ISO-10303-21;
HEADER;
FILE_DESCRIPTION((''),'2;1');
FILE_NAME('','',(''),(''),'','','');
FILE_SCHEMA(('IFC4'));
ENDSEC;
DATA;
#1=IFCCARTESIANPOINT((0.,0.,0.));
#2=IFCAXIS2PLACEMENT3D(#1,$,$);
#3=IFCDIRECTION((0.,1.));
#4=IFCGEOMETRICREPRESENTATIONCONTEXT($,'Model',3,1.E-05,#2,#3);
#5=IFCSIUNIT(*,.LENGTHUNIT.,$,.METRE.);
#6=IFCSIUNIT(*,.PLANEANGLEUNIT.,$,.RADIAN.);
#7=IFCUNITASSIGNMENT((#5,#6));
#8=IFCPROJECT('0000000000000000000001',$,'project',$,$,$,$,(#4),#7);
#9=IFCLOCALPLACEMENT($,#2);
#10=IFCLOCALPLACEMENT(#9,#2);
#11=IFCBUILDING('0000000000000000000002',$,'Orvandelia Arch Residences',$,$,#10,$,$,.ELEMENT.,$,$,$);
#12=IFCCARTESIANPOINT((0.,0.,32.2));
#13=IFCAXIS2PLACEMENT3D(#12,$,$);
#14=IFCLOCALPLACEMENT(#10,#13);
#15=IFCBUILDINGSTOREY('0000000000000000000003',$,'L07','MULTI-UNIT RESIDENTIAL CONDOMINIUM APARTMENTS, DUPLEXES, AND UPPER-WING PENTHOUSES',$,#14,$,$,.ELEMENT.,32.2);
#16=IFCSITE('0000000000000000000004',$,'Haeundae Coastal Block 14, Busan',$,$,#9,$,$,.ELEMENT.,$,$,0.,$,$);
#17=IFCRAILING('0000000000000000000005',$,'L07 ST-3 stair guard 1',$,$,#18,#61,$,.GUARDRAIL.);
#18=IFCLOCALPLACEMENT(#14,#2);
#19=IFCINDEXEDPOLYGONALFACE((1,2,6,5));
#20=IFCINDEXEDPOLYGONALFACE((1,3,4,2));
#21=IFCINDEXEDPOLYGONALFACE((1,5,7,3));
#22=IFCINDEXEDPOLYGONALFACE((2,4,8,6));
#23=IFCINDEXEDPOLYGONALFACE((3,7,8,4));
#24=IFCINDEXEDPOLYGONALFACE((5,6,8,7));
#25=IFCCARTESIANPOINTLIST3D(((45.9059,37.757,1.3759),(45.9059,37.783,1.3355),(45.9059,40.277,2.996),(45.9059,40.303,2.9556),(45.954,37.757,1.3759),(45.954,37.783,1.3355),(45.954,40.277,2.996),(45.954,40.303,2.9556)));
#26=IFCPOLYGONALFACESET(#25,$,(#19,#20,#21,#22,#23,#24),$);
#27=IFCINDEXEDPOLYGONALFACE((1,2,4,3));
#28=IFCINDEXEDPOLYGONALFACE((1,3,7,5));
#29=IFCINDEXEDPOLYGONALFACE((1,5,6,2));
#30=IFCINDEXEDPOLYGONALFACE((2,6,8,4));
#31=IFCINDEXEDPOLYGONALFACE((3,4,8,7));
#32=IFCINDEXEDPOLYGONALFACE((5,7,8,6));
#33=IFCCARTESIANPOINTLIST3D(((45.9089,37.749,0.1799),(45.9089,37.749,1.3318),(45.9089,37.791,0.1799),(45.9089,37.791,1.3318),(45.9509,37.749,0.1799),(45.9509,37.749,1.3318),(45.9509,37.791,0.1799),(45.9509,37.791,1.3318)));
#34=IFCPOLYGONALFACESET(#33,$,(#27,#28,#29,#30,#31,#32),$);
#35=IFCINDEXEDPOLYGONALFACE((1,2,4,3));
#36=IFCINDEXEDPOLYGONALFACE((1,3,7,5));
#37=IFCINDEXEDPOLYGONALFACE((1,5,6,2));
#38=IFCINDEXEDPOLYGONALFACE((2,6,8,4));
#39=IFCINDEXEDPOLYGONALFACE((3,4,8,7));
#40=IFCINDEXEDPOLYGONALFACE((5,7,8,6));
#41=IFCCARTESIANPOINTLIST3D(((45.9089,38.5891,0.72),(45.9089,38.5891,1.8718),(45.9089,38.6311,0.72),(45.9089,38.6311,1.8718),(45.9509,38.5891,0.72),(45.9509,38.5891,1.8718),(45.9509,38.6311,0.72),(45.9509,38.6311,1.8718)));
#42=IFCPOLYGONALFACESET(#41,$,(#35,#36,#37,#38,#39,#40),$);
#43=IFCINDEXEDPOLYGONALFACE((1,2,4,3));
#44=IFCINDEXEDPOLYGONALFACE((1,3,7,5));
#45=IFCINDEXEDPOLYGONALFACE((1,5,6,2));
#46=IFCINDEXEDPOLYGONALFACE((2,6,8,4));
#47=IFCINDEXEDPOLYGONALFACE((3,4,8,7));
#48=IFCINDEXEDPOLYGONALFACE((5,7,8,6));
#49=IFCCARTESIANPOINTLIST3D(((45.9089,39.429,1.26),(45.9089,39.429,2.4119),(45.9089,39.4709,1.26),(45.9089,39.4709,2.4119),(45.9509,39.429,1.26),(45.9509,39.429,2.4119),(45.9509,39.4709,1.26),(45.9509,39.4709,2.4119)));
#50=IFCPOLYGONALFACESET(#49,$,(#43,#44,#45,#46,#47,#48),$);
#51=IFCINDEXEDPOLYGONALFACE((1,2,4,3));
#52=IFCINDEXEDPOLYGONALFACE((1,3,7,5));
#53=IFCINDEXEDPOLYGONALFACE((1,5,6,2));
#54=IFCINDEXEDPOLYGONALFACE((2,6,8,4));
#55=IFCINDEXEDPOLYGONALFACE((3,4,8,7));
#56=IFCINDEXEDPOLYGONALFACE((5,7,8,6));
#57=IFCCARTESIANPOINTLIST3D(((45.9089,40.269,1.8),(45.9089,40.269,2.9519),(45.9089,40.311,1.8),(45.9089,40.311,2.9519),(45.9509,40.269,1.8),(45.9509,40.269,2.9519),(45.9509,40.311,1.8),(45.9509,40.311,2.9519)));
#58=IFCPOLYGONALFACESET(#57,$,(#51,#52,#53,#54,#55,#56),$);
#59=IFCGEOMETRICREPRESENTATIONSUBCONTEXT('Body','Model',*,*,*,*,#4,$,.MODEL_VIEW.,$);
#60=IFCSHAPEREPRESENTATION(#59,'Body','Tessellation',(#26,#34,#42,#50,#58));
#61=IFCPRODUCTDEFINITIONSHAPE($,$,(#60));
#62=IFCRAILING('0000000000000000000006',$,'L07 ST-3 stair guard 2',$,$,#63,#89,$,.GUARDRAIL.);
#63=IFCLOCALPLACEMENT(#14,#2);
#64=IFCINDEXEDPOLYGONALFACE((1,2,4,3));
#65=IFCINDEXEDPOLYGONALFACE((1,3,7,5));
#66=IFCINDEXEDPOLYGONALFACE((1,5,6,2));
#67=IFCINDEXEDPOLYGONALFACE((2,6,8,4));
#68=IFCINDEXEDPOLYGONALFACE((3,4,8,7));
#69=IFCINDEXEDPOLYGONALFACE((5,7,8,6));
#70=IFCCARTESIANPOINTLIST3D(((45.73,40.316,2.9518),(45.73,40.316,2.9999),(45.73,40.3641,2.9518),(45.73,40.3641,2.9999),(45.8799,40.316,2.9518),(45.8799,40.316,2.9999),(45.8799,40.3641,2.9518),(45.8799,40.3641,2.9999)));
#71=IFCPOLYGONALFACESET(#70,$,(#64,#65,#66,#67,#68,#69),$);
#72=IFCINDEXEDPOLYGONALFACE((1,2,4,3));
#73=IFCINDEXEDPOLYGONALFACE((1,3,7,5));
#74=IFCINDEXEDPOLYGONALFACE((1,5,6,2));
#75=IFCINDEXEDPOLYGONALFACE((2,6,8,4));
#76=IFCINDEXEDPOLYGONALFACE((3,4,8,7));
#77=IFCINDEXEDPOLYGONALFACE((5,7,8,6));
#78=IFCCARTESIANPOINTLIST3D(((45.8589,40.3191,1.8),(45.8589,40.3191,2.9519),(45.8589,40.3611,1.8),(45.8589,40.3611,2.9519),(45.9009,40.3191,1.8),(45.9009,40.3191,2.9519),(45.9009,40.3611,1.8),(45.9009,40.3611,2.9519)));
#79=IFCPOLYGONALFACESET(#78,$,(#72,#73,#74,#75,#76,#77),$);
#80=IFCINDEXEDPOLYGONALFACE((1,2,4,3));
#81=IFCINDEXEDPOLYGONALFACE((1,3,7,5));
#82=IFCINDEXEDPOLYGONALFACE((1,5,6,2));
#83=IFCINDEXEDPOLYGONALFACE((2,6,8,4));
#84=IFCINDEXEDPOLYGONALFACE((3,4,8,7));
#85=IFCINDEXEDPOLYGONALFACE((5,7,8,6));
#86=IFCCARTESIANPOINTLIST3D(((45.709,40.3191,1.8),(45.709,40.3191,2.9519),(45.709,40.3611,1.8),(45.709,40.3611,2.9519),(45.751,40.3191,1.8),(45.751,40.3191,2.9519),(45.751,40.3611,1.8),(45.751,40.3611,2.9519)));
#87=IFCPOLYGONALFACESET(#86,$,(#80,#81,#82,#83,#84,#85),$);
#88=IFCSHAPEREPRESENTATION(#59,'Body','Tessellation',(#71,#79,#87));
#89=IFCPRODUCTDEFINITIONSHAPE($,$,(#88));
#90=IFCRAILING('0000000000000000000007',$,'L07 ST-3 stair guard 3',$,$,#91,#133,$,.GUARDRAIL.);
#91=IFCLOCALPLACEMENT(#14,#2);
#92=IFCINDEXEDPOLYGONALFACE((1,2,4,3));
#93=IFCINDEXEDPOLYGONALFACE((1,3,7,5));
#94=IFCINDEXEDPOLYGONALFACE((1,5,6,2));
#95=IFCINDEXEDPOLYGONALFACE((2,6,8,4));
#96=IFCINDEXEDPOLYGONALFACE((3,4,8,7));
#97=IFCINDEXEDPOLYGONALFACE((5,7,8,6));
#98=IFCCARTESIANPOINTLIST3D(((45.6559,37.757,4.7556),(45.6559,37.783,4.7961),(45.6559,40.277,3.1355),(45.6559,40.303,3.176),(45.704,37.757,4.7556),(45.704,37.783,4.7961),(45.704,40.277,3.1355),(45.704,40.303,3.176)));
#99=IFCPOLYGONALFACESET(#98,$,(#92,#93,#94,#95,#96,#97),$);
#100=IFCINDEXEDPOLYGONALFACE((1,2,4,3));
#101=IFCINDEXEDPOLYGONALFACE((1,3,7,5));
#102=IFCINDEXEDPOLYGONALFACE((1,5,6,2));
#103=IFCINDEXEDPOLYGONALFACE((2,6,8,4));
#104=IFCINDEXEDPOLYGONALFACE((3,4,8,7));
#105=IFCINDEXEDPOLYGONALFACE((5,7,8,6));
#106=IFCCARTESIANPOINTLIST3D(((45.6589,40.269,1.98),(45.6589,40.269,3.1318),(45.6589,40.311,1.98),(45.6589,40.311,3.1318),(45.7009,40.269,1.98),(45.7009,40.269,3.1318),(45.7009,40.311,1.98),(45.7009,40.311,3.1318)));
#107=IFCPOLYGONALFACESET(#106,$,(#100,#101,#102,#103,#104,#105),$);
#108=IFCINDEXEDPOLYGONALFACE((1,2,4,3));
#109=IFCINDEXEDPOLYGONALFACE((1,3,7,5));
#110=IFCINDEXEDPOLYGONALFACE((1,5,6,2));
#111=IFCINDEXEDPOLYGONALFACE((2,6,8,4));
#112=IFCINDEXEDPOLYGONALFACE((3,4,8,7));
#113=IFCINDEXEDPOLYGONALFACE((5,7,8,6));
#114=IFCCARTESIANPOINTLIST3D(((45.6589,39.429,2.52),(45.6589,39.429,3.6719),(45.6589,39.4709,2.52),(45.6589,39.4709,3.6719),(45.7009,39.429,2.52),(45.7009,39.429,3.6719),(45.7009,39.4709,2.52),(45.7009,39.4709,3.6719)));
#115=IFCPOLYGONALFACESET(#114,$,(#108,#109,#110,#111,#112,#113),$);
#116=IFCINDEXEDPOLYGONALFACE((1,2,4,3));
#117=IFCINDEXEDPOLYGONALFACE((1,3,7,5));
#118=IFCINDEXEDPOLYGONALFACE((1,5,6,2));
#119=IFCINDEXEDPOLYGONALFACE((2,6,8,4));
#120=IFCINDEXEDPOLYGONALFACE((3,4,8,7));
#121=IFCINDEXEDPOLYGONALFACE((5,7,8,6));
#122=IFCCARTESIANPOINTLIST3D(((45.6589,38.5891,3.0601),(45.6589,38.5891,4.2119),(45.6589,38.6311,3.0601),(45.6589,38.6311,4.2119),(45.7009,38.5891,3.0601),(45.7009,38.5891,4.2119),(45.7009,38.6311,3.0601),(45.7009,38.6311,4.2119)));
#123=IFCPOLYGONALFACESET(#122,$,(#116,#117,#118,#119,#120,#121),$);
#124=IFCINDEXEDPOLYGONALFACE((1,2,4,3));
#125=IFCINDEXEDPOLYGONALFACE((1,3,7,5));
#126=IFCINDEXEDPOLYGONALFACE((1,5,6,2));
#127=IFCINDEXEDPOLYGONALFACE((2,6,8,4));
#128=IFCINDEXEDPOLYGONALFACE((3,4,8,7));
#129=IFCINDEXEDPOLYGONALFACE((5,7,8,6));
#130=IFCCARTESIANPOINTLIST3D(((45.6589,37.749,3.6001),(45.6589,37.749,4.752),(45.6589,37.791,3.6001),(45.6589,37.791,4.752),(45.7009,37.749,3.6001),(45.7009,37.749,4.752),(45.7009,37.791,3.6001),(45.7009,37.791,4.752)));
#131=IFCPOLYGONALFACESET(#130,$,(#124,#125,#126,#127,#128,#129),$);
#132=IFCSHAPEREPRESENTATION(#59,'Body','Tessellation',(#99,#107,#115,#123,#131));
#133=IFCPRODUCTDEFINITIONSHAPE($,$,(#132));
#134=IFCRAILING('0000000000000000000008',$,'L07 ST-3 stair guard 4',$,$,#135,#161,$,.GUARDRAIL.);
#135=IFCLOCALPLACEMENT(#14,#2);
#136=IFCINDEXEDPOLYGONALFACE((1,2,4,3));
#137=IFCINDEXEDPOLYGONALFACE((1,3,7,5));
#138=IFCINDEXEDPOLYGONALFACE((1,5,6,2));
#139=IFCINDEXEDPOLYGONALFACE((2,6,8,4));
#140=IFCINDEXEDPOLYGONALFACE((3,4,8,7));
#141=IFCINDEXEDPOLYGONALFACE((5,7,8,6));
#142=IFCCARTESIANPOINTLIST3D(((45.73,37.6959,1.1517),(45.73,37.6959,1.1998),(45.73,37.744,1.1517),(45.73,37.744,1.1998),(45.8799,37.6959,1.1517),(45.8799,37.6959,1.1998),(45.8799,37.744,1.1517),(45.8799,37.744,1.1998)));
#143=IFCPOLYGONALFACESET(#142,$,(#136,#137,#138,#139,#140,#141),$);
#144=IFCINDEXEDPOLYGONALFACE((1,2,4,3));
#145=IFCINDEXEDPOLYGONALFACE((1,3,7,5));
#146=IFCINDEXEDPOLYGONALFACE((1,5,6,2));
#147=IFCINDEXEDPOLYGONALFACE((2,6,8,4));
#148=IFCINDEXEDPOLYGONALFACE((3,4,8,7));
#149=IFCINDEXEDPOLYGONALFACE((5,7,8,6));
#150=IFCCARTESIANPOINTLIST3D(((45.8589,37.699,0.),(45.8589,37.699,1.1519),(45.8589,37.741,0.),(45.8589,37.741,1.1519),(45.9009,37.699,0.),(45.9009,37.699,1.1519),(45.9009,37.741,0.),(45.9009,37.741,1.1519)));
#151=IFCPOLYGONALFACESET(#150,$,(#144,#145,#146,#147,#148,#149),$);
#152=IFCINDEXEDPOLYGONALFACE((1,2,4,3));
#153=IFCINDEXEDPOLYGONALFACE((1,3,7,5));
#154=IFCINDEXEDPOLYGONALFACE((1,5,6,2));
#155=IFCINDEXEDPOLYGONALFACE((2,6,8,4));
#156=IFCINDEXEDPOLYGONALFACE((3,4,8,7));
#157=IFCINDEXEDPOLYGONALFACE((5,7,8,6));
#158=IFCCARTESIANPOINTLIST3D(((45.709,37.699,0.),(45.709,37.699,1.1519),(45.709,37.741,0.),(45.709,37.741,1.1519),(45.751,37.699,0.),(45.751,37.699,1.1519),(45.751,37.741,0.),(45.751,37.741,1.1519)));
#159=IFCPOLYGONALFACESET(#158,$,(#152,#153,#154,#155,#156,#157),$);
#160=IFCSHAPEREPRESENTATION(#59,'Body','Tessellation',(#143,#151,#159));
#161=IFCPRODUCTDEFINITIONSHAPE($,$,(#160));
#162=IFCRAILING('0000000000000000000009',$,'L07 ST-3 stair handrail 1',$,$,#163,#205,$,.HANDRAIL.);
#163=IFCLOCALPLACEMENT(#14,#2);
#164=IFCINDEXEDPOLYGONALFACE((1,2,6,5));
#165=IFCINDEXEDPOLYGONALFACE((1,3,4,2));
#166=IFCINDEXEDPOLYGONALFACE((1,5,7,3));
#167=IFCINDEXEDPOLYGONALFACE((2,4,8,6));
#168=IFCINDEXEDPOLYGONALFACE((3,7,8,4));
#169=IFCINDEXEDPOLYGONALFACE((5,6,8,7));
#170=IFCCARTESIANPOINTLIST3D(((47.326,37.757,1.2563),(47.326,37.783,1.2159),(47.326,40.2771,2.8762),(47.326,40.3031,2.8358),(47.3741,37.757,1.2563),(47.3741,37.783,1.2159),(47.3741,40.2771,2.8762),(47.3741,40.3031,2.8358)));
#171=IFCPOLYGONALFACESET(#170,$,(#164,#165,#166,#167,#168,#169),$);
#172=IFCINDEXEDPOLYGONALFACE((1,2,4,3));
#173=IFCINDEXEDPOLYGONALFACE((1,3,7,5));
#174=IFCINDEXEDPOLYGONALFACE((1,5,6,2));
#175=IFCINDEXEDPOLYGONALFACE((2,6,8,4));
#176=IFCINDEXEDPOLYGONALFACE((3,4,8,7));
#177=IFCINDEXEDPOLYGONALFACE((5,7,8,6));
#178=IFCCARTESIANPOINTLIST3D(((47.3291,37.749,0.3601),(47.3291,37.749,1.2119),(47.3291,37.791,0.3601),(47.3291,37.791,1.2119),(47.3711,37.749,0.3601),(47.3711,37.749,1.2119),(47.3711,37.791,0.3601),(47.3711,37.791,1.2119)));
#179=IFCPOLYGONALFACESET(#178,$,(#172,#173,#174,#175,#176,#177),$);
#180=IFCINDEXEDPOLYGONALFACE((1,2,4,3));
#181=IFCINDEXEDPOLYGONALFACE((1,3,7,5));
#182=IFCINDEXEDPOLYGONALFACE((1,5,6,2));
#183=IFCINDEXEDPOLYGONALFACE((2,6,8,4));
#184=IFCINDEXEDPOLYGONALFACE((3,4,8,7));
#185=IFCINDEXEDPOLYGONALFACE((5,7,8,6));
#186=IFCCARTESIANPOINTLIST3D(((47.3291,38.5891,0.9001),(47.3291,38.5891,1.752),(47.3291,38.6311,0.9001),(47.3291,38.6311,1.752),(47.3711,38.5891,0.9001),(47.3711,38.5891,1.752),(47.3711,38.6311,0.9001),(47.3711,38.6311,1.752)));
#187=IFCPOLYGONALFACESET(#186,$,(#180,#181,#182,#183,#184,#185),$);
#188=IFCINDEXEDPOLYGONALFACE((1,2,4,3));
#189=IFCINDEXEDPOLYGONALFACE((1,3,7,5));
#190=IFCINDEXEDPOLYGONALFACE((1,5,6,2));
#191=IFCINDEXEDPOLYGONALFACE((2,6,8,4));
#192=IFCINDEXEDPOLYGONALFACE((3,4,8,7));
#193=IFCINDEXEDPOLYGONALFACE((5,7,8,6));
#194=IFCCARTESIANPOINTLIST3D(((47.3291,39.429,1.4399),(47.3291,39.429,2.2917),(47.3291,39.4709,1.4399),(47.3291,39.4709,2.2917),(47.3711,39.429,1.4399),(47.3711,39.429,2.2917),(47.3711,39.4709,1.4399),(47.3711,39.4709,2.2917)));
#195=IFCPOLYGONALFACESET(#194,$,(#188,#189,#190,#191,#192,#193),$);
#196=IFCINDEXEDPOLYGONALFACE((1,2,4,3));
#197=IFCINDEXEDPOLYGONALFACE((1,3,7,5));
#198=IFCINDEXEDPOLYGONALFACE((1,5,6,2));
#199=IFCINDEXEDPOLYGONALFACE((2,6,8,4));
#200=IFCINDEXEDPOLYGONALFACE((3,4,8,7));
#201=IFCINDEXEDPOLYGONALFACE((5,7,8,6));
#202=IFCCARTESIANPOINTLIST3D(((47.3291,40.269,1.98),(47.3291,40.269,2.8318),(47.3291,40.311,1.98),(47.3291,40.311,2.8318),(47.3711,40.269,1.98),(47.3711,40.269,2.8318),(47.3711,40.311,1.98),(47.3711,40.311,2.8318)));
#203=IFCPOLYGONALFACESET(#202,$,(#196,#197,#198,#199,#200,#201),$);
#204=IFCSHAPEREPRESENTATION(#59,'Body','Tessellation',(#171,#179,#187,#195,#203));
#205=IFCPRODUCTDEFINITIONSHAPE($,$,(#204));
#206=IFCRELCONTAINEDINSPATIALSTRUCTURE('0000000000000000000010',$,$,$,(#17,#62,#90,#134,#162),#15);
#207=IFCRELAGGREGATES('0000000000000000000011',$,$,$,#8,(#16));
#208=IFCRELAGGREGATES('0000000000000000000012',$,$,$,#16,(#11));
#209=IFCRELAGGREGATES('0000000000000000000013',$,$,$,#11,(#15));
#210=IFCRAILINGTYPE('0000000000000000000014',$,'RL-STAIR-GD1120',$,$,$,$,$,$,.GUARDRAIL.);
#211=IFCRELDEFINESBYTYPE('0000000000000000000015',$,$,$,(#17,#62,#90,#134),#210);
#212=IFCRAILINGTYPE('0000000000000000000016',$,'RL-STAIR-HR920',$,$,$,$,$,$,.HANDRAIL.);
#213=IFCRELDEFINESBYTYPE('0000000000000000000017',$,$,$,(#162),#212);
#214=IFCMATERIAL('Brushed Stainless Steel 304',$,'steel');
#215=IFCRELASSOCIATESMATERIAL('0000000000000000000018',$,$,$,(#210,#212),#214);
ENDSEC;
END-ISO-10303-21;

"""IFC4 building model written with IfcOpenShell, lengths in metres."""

from ifc_helpers import new_model, si_unit, direction, frame, origin, origin_2d, place, context, subcontext, project, spatial, rectangle, extrude, material, type_object, element, save


model = new_model("IFC4")

# Units and contexts
model_context = context("Model", 3, precision=1e-05, world=origin(), true_north=direction((0.0, 1.0)))
body_context = subcontext(model_context, "Body", "Model", "MODEL_VIEW")
ifc_project = project(units=[si_unit("LENGTHUNIT", "METRE"), si_unit("PLANEANGLEUNIT", "RADIAN")], contexts=[model_context])

# Site, building, storey
site_placement = place(None, origin())
site = spatial("IfcSite", under=ifc_project, at=site_placement, Name="Haeundae Coastal Block 14, Busan", CompositionType="ELEMENT", RefElevation=0.0)
building_placement = place(site_placement, origin())
building = spatial("IfcBuilding", under=site, at=building_placement, Name="Orvandelia Arch Residences", CompositionType="ELEMENT")
storey_placement = place(building_placement, frame((0.0, 0.0, 32.2)))
storey = spatial("IfcBuildingStorey", under=building, at=storey_placement, Name="L07", Description="MULTI-UNIT RESIDENTIAL CONDOMINIUM APARTMENTS, DUPLEXES, AND UPPER-WING PENTHOUSES", CompositionType="ELEMENT", Elevation=32.2)

# Railings
ifc_material_1 = material(Name="Brushed Stainless Steel 304", Category="steel")
railing_type_1 = type_object("IfcRailingType", Name="RL-STAIR-GD1120", PredefinedType="GUARDRAIL", material=ifc_material_1)
railing_1_placement = place(storey_placement, frame((45.9299, 37.77, 0.1799)))
element("IfcRailing", 1, at=railing_1_placement, inside=storey, type_object=railing_type_1, Name="L07 ST-3 stair guard 1", PredefinedType="GUARDRAIL", context=body_context, shape_type="SweptSolid", body=[
    extrude(rectangle(XDim=0.0481, YDim=0.0481, at=origin_2d()), frame((0.0, 0.0, 1.1758), z_axis=(0.0, 0.841163, 0.540782), x_axis=(-1.0, 0.0, 0.0)), (0.0, 0.0, 1.0), 2.9958),
    extrude(rectangle(XDim=0.042, YDim=0.042, at=origin_2d()), origin(), (0.0, 0.0, 1.0), 1.1519),
    extrude(rectangle(XDim=0.042, YDim=0.042, at=origin_2d()), frame((0.0, 0.8401, 0.54)), (0.0, 0.0, 1.0), 1.1519),
    extrude(rectangle(XDim=0.042, YDim=0.042, at=origin_2d()), frame((0.0, 1.6799, 1.0801)), (0.0, 0.0, 1.0), 1.1519),
    extrude(rectangle(XDim=0.042, YDim=0.042, at=origin_2d()), frame((0.0, 2.52, 1.6201)), (0.0, 0.0, 1.0), 1.1519),
])
railing_2_placement = place(storey_placement, frame((45.8799, 40.3401, 1.8)))
element("IfcRailing", 2, at=railing_2_placement, inside=storey, type_object=railing_type_1, Name="L07 ST-3 stair guard 2", PredefinedType="GUARDRAIL", context=body_context, shape_type="SweptSolid", body=[
    extrude(rectangle(XDim=0.0481, YDim=0.0481, at=origin_2d()), frame((0.0, 0.0, 1.1758), z_axis=(-1.0, 0.0, 0.0), x_axis=(0.0, -1.0, 0.0)), (0.0, 0.0, 1.0), 0.1499),
    extrude(rectangle(XDim=0.042, YDim=0.042, at=origin_2d()), origin(), (0.0, 0.0, 1.0), 1.1519),
    extrude(rectangle(XDim=0.042, YDim=0.042, at=origin_2d()), frame((-0.1499, 0.0, 0.0)), (0.0, 0.0, 1.0), 1.1519),
])
railing_3_placement = place(storey_placement, frame((45.6799, 40.29, 1.98)))
element("IfcRailing", 3, at=railing_3_placement, inside=storey, type_object=railing_type_1, Name="L07 ST-3 stair guard 3", PredefinedType="GUARDRAIL", context=body_context, shape_type="SweptSolid", body=[
    extrude(rectangle(XDim=0.0481, YDim=0.0481, at=origin_2d()), frame((0.0, 0.0, 1.1758), z_axis=(0.0, -0.841163, 0.540782), x_axis=(1.0, 0.0, 0.0)), (0.0, 0.0, 1.0), 2.9958),
    extrude(rectangle(XDim=0.042, YDim=0.042, at=origin_2d()), origin(), (0.0, 0.0, 1.0), 1.1519),
    extrude(rectangle(XDim=0.042, YDim=0.042, at=origin_2d()), frame((0.0, -0.8401, 0.54)), (0.0, 0.0, 1.0), 1.1519),
    extrude(rectangle(XDim=0.042, YDim=0.042, at=origin_2d()), frame((0.0, -1.6799, 1.0801)), (0.0, 0.0, 1.0), 1.1519),
    extrude(rectangle(XDim=0.042, YDim=0.042, at=origin_2d()), frame((0.0, -2.52, 1.6201)), (0.0, 0.0, 1.0), 1.1519),
])
railing_4_placement = place(storey_placement, frame((45.8799, 37.72, 0.0)))
element("IfcRailing", 4, at=railing_4_placement, inside=storey, type_object=railing_type_1, Name="L07 ST-3 stair guard 4", PredefinedType="GUARDRAIL", context=body_context, shape_type="SweptSolid", body=[
    extrude(rectangle(XDim=0.0481, YDim=0.0481, at=origin_2d()), frame((0.0, 0.0, 1.1758), z_axis=(-1.0, 0.0, 0.0), x_axis=(0.0, -1.0, 0.0)), (0.0, 0.0, 1.0), 0.1499),
    extrude(rectangle(XDim=0.042, YDim=0.042, at=origin_2d()), origin(), (0.0, 0.0, 1.0), 1.1519),
    extrude(rectangle(XDim=0.042, YDim=0.042, at=origin_2d()), frame((-0.1499, 0.0, 0.0)), (0.0, 0.0, 1.0), 1.1519),
])
railing_type_2 = type_object("IfcRailingType", Name="RL-STAIR-HR920", PredefinedType="HANDRAIL", material=ifc_material_1)
railing_5_placement = place(storey_placement, frame((47.3501, 37.77, 0.3601)))
element("IfcRailing", 5, at=railing_5_placement, inside=storey, type_object=railing_type_2, Name="L07 ST-3 stair handrail 1", PredefinedType="HANDRAIL", context=body_context, shape_type="SweptSolid", body=[
    extrude(rectangle(XDim=0.0481, YDim=0.0481, at=origin_2d()), frame((0.0, 0.0, 0.876), z_axis=(0.0, 0.8412, 0.540725), x_axis=(-1.0, 0.0, 0.0)), (0.0, 0.0, 1.0), 2.9958),
    extrude(rectangle(XDim=0.042, YDim=0.042, at=origin_2d()), origin(), (0.0, 0.0, 1.0), 0.8518),
    extrude(rectangle(XDim=0.042, YDim=0.042, at=origin_2d()), frame((0.0, 0.8401, 0.54)), (0.0, 0.0, 1.0), 0.8518),
    extrude(rectangle(XDim=0.042, YDim=0.042, at=origin_2d()), frame((0.0, 1.6799, 1.0798)), (0.0, 0.0, 1.0), 0.8518),
    extrude(rectangle(XDim=0.042, YDim=0.042, at=origin_2d()), frame((0.0, 2.52, 1.6199)), (0.0, 0.0, 1.0), 0.8518),
])

save(model, "model.ifc")
